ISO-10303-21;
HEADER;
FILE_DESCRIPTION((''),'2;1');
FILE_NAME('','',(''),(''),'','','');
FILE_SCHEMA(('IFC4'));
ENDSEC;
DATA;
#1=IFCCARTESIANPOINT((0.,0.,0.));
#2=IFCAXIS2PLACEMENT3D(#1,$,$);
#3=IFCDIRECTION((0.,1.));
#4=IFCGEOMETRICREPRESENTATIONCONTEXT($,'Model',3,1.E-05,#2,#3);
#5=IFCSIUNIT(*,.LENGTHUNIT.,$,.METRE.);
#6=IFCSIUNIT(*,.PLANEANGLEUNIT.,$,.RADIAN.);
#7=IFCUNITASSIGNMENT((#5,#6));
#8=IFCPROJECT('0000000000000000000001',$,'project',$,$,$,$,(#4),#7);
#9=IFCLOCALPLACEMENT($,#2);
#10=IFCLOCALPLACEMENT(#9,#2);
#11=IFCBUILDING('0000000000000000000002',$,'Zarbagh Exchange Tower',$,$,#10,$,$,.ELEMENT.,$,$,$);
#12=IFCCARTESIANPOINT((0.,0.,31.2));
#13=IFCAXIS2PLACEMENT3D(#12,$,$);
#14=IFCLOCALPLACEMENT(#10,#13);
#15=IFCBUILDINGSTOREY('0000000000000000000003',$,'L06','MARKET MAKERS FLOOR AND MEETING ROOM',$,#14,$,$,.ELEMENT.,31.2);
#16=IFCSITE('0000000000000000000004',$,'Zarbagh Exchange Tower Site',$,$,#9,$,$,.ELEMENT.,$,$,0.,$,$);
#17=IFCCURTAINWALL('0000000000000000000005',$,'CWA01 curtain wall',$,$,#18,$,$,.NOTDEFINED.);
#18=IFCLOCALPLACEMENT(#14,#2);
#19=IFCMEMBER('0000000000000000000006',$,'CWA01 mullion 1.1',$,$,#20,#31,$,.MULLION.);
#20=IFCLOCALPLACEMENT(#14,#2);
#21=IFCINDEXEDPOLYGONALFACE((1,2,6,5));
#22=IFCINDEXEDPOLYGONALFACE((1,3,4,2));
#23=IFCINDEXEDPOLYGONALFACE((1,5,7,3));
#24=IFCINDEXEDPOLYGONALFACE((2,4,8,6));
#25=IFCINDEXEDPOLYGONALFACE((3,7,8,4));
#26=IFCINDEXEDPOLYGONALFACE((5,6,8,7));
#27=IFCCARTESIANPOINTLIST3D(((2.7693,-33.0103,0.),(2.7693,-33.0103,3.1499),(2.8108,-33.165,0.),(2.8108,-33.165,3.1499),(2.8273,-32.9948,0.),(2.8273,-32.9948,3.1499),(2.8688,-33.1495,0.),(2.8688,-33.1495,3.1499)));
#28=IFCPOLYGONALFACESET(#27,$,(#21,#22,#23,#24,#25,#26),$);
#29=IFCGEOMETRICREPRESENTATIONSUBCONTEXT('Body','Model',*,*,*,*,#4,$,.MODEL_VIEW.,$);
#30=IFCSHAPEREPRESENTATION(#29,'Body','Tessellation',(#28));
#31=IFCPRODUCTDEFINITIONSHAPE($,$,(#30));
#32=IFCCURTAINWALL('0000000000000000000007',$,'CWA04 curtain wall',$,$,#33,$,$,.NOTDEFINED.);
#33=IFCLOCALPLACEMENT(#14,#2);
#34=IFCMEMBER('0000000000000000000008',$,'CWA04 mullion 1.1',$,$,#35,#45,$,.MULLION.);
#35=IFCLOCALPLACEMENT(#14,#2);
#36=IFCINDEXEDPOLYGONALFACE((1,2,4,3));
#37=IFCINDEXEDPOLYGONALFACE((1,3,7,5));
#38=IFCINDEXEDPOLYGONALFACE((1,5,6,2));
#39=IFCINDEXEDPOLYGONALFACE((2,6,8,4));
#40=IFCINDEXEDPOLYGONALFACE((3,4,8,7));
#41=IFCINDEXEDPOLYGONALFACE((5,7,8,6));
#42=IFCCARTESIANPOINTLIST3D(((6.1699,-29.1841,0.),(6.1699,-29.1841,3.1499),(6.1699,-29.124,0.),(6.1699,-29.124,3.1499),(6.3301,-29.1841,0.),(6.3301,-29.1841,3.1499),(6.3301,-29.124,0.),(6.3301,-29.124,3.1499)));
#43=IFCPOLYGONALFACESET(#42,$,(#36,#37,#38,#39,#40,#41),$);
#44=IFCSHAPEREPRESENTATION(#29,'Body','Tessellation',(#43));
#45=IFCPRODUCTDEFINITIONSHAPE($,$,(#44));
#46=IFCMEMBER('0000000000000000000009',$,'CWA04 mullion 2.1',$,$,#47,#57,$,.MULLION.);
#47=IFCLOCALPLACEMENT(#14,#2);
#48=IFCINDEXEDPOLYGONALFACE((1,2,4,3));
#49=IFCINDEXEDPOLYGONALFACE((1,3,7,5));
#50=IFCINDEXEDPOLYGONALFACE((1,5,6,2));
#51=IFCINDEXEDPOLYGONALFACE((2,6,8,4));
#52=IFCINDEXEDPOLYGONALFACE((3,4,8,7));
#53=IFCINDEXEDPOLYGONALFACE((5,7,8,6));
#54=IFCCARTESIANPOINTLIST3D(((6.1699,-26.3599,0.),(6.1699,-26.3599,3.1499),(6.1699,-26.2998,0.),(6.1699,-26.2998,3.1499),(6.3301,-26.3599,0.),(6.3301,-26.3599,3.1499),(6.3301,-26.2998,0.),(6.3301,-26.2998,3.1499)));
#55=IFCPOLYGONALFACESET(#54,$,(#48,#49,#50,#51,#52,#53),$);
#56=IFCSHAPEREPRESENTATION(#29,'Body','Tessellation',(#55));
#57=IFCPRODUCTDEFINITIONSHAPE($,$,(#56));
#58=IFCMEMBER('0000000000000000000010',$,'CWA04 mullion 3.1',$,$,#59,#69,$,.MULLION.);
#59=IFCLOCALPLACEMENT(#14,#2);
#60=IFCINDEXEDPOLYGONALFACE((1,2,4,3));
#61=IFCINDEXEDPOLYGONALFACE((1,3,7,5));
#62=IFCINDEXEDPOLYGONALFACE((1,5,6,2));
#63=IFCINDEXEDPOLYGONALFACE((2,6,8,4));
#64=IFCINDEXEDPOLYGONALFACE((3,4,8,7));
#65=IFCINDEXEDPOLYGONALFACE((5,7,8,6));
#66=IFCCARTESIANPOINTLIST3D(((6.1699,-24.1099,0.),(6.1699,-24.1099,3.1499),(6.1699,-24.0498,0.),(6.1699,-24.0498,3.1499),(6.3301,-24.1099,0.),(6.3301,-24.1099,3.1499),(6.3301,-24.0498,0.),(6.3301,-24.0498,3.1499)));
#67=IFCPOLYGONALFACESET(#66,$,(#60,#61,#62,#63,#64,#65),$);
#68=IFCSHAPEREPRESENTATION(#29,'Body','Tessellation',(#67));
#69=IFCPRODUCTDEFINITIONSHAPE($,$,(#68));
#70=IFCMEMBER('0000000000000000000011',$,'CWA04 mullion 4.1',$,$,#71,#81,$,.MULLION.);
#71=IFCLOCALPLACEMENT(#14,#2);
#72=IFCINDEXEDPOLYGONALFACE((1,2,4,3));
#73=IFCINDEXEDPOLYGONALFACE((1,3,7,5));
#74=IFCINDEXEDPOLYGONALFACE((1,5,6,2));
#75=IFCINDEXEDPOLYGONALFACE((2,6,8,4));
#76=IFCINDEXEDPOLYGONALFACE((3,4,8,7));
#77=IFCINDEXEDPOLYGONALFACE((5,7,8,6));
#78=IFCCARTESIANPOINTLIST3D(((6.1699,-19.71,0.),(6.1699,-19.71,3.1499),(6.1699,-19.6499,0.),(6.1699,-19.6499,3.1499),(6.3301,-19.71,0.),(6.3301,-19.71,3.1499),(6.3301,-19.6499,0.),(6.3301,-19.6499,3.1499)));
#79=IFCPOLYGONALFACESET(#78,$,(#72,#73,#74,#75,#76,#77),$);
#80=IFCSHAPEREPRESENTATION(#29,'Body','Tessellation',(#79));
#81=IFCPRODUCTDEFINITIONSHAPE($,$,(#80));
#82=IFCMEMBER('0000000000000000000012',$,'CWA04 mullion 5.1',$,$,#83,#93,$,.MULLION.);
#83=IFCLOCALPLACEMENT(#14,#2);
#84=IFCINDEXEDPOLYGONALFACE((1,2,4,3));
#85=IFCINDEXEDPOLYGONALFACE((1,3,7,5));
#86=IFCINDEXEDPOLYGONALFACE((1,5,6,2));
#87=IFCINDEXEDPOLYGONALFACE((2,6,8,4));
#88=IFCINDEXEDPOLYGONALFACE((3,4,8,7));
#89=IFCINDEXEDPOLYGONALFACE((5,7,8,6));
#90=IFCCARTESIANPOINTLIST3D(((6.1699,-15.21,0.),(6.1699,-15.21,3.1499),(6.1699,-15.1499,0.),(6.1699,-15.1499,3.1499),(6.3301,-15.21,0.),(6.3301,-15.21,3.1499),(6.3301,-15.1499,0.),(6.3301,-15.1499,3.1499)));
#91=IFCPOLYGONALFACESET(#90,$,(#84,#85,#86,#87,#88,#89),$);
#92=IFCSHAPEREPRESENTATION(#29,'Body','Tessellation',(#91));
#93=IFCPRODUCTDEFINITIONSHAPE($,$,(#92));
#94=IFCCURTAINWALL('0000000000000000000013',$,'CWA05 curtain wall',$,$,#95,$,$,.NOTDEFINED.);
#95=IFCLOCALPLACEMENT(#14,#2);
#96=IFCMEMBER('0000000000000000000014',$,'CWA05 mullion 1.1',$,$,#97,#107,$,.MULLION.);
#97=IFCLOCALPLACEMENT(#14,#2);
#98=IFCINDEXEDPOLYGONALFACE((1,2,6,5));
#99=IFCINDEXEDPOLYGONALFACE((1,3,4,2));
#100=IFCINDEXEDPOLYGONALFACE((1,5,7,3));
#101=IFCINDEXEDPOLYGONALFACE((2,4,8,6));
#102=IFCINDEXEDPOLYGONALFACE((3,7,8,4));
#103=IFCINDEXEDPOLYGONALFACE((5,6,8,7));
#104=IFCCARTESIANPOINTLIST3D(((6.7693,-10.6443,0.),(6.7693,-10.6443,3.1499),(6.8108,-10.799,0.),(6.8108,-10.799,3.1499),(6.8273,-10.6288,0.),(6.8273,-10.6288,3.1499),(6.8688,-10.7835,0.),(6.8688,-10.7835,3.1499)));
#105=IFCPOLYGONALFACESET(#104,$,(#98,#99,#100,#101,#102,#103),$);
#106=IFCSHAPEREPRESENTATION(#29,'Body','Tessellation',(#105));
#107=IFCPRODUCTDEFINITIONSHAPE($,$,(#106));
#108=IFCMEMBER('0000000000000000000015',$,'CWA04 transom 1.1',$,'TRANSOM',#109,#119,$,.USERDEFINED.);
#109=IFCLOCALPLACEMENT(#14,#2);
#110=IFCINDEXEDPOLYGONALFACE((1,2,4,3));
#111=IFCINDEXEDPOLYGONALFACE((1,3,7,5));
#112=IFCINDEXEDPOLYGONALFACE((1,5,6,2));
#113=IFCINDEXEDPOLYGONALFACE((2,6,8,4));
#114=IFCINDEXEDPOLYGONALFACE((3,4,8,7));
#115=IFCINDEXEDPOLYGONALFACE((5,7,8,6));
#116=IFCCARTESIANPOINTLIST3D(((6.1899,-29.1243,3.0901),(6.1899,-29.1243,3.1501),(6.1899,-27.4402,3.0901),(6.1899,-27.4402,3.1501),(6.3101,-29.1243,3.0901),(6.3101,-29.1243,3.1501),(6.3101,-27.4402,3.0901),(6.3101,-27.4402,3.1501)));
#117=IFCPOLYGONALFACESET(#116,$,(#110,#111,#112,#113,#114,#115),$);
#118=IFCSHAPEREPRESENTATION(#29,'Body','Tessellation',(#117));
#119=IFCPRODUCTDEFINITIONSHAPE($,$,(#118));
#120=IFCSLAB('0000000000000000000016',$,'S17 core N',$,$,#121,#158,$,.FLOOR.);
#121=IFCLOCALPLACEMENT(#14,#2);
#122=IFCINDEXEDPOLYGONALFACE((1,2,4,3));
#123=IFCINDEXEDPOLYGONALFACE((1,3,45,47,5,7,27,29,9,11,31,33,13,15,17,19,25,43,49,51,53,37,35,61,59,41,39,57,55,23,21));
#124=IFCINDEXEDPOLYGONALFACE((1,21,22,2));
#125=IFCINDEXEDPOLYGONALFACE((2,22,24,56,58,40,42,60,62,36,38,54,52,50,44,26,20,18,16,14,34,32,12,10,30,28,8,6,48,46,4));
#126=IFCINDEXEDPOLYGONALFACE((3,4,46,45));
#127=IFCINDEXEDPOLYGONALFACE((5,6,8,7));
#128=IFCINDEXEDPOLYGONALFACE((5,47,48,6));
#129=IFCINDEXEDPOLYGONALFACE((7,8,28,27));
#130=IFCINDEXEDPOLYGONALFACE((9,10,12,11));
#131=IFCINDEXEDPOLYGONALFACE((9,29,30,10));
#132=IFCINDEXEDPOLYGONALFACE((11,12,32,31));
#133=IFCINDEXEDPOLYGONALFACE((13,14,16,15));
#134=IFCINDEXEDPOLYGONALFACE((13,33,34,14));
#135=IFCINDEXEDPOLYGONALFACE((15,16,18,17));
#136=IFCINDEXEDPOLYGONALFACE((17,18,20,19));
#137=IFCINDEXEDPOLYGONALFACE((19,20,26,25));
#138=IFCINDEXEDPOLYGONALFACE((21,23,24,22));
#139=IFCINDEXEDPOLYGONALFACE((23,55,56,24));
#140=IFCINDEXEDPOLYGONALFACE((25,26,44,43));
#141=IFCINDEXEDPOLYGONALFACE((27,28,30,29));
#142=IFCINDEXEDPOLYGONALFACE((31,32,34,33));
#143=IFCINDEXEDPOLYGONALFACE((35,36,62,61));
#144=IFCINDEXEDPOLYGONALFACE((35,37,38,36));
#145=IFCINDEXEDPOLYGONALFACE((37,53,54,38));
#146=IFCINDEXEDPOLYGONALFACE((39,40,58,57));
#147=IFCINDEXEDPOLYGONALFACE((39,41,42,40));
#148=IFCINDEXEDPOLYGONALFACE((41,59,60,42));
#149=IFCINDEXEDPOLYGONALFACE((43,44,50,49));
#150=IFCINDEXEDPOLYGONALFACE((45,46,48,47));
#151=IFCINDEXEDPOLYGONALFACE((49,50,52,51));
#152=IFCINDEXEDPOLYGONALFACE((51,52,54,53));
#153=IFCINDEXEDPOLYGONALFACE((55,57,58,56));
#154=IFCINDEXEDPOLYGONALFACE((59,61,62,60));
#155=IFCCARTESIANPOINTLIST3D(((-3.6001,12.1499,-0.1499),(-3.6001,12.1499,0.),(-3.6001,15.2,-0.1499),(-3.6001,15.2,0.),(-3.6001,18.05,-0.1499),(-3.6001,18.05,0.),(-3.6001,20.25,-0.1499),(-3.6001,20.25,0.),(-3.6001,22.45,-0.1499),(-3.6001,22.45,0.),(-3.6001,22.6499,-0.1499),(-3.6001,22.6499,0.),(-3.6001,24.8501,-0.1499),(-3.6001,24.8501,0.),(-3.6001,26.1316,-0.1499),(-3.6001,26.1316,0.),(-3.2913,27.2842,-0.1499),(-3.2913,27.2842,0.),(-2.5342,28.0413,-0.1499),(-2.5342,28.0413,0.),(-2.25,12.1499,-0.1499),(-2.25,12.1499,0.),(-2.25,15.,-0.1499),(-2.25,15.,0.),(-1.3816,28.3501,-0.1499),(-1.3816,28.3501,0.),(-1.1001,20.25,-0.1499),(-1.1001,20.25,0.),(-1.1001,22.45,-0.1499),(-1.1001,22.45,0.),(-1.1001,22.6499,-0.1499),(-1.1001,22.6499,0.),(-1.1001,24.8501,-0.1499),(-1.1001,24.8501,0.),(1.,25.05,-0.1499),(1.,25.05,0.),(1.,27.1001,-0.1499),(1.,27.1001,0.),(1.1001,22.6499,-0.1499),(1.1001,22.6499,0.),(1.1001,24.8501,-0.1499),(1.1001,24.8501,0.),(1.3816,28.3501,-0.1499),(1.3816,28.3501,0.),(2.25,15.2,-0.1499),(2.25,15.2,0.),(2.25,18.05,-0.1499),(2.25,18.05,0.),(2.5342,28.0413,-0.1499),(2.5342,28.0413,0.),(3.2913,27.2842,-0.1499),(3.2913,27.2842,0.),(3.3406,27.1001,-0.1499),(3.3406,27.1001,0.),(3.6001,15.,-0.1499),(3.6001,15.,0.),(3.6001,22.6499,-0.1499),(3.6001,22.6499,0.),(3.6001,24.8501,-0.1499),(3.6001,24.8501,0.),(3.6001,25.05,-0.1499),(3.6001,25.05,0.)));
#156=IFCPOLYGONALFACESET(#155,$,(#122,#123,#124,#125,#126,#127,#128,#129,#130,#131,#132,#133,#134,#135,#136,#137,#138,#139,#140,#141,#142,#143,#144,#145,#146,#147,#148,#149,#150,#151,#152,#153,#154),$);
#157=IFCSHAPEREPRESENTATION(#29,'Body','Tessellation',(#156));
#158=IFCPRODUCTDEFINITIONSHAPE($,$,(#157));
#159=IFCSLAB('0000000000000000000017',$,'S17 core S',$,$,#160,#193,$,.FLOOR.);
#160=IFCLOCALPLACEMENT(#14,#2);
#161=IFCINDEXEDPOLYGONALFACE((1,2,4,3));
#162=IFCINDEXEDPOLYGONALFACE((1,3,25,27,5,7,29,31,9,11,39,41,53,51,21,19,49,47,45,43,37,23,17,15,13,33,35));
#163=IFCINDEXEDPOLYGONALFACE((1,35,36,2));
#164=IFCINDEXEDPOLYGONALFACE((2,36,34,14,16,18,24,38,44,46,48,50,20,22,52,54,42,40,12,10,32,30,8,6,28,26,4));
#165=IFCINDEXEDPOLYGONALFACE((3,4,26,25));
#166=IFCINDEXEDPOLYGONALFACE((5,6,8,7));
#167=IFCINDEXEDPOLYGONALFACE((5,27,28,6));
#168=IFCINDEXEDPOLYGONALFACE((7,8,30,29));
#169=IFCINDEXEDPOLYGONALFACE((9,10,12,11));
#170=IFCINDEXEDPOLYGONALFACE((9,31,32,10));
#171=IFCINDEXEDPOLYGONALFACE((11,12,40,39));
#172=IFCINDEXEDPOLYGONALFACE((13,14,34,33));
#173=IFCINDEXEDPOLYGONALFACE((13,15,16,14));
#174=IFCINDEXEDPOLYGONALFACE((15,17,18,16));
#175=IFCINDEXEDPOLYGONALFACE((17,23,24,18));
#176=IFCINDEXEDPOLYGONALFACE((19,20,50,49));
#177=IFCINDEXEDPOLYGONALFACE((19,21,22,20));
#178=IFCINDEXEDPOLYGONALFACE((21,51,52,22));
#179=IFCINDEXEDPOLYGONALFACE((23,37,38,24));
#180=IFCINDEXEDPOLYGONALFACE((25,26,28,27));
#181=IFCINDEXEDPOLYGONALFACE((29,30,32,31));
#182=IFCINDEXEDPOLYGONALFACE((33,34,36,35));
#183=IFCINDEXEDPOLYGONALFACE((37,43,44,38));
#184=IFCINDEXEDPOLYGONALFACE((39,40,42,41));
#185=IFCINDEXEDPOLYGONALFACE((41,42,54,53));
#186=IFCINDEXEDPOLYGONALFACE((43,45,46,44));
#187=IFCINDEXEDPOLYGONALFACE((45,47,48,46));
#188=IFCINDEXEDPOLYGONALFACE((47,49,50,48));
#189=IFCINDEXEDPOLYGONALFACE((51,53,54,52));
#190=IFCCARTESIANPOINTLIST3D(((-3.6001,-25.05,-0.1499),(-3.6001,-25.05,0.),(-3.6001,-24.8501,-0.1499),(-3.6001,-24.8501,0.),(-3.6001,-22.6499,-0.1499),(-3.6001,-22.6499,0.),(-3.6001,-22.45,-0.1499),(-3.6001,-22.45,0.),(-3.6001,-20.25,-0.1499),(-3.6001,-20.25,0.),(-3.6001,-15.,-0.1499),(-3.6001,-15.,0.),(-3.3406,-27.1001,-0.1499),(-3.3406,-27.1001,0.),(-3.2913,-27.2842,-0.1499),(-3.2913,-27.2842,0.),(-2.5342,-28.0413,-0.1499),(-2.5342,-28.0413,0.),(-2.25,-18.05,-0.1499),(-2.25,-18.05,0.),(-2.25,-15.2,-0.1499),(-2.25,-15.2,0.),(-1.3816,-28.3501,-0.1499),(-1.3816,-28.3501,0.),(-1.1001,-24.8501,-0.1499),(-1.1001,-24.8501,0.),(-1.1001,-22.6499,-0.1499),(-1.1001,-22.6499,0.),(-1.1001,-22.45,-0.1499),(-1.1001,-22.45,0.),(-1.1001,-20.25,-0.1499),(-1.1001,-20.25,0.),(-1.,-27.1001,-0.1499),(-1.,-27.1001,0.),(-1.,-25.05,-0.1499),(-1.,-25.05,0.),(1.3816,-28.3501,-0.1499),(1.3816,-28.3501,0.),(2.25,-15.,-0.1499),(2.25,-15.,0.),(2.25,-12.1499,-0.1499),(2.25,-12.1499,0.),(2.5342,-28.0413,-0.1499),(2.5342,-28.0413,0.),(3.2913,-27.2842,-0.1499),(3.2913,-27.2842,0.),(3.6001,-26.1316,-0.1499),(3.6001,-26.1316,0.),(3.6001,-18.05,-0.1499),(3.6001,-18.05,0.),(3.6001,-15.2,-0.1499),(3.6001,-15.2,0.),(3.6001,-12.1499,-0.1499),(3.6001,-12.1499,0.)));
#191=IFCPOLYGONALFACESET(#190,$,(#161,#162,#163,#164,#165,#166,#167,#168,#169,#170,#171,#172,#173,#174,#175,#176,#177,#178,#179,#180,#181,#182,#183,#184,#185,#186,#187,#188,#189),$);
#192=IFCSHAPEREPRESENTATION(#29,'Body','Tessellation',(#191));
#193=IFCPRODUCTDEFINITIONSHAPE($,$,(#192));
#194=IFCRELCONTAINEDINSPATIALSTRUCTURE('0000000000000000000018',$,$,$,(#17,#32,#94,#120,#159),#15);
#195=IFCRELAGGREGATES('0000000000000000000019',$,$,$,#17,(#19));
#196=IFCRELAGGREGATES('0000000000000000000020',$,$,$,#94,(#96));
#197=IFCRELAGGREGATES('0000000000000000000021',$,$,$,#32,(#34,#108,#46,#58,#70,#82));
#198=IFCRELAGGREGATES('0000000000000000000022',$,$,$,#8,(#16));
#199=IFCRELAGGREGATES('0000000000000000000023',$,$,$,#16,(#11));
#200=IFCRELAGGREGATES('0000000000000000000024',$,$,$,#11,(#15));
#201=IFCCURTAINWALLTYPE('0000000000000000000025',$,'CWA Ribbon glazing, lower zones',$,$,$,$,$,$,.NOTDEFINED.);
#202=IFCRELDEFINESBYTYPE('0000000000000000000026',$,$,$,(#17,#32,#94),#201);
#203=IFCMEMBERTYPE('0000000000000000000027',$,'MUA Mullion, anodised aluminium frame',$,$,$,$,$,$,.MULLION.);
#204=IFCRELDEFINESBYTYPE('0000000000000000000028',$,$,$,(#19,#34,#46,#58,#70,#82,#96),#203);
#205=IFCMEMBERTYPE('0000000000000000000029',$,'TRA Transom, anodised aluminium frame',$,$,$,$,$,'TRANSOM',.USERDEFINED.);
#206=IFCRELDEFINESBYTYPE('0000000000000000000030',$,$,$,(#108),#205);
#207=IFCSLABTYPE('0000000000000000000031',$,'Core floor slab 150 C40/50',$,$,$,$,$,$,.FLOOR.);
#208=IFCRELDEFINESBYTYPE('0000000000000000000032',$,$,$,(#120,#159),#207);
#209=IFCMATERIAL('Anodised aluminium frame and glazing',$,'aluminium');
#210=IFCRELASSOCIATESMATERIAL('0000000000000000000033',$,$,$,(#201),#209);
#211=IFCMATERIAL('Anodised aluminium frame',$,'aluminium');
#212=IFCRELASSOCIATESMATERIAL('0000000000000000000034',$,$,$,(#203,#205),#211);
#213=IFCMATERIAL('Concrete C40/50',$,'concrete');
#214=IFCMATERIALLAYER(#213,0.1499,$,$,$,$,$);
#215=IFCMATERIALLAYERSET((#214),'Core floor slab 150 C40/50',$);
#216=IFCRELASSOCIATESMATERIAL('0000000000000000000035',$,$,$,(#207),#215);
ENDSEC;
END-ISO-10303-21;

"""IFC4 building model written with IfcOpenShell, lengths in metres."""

from ifc_helpers import new_model, si_unit, direction, frame, origin, place, context, subcontext, project, spatial, polyline, outline, extrude, source, transform, mapped, material, layer, layer_set, type_object, element, aggregate, save


model = new_model("IFC4")

# Units and contexts
model_context = context("Model", 3, precision=1e-05, world=origin(), true_north=direction((0.0, 1.0)))
body_context = subcontext(model_context, "Body", "Model", "MODEL_VIEW")
ifc_project = project(units=[si_unit("LENGTHUNIT", "METRE"), si_unit("PLANEANGLEUNIT", "RADIAN")], contexts=[model_context])

# Site, building, storey
site_placement = place(None, origin())
site = spatial("IfcSite", under=ifc_project, at=site_placement, Name="Zarbagh Exchange Tower Site", CompositionType="ELEMENT", RefElevation=0.0)
building_placement = place(site_placement, origin())
building = spatial("IfcBuilding", under=site, at=building_placement, Name="Zarbagh Exchange Tower", CompositionType="ELEMENT")
storey_placement = place(building_placement, frame((0.0, 0.0, 31.2)))
storey = spatial("IfcBuildingStorey", under=building, at=storey_placement, Name="L06", Description="MARKET MAKERS FLOOR AND MEETING ROOM", CompositionType="ELEMENT", Elevation=31.2)

# Curtain wall, member
ifc_material_1 = material(Name="Anodised aluminium frame and glazing", Category="aluminium")
curtain_wall_type = type_object("IfcCurtainWallType", Name="CWA Ribbon glazing, lower zones", PredefinedType="NOTDEFINED", material=ifc_material_1)
curtain_wall_1_placement = place(storey_placement, origin())
curtain_wall_1 = element("IfcCurtainWall", 1, at=curtain_wall_1_placement, inside=storey, type_object=curtain_wall_type, Name="CWA01 curtain wall", PredefinedType="NOTDEFINED")
ifc_material_2 = material(Name="Anodised aluminium frame", Category="aluminium")
member_type_1 = type_object("IfcMemberType", Name="MUA Mullion, anodised aluminium frame", PredefinedType="MULLION", material=ifc_material_2)
shared_shape_1 = source(origin(), body_context, "Body", "SweptSolid", [
    extrude(outline(polyline([(0.0, -0.0801), (0.0601, -0.0801), (0.0601, 0.0801), (0.0, 0.0801), (0.0, -0.0801)])), origin(), (0.0, 0.0, 1.0), 3.1499),
])
placement = place(storey_placement, origin())
member_1 = element("IfcMember", 2, at=placement, type_object=member_type_1, Name="CWA01 mullion 1.1", PredefinedType="MULLION", context=body_context, shape_type="MappedRepresentation", body=[
    mapped(shared_shape_1, transform((2.79, -33.0876, 0.0), x_axis=(0.965924, 0.258825, 0.0), y_axis=(-0.258825, 0.965924, 0.0), z_axis=(0.0, 0.0, 1.0))),
])

# Curtain wall, members
curtain_wall_2_placement = place(storey_placement, origin())
curtain_wall_2 = element("IfcCurtainWall", 3, at=curtain_wall_2_placement, inside=storey, type_object=curtain_wall_type, Name="CWA04 curtain wall", PredefinedType="NOTDEFINED")
member_2 = element("IfcMember", 4, at=placement, type_object=member_type_1, Name="CWA04 mullion 1.1", PredefinedType="MULLION", context=body_context, shape_type="MappedRepresentation", body=[
    mapped(shared_shape_1, transform((6.25, -29.1841, 0.0), x_axis=(0.0, 1.0, 0.0), y_axis=(-1.0, 0.0, 0.0), z_axis=(0.0, 0.0, 1.0))),
])
member_3 = element("IfcMember", 5, at=placement, type_object=member_type_1, Name="CWA04 mullion 2.1", PredefinedType="MULLION", context=body_context, shape_type="MappedRepresentation", body=[
    mapped(shared_shape_1, transform((6.25, -26.3599, 0.0), x_axis=(0.0, 1.0, 0.0), y_axis=(-1.0, 0.0, 0.0), z_axis=(0.0, 0.0, 1.0))),
])
member_4 = element("IfcMember", 6, at=placement, type_object=member_type_1, Name="CWA04 mullion 3.1", PredefinedType="MULLION", context=body_context, shape_type="MappedRepresentation", body=[
    mapped(shared_shape_1, transform((6.25, -24.1099, 0.0), x_axis=(0.0, 1.0, 0.0), y_axis=(-1.0, 0.0, 0.0), z_axis=(0.0, 0.0, 1.0))),
])
member_5 = element("IfcMember", 7, at=placement, type_object=member_type_1, Name="CWA04 mullion 4.1", PredefinedType="MULLION", context=body_context, shape_type="MappedRepresentation", body=[
    mapped(shared_shape_1, transform((6.25, -19.71, 0.0), x_axis=(0.0, 1.0, 0.0), y_axis=(-1.0, 0.0, 0.0), z_axis=(0.0, 0.0, 1.0))),
])
member_6 = element("IfcMember", 8, at=placement, type_object=member_type_1, Name="CWA04 mullion 5.1", PredefinedType="MULLION", context=body_context, shape_type="MappedRepresentation", body=[
    mapped(shared_shape_1, transform((6.25, -15.21, 0.0), x_axis=(0.0, 1.0, 0.0), y_axis=(-1.0, 0.0, 0.0), z_axis=(0.0, 0.0, 1.0))),
])

# Curtain wall, member
curtain_wall_3_placement = place(storey_placement, origin())
curtain_wall_3 = element("IfcCurtainWall", 9, at=curtain_wall_3_placement, inside=storey, type_object=curtain_wall_type, Name="CWA05 curtain wall", PredefinedType="NOTDEFINED")
member_7 = element("IfcMember", 10, at=placement, type_object=member_type_1, Name="CWA05 mullion 1.1", PredefinedType="MULLION", context=body_context, shape_type="MappedRepresentation", body=[
    mapped(shared_shape_1, transform((6.79, -10.7217, 0.0), x_axis=(0.965924, 0.258825, 0.0), y_axis=(-0.258825, 0.965924, 0.0), z_axis=(0.0, 0.0, 1.0))),
])

# Member
member_type_2 = type_object("IfcMemberType", Name="TRA Transom, anodised aluminium frame", ElementType="TRANSOM", PredefinedType="USERDEFINED", material=ifc_material_2)
shared_shape_2 = source(origin(), body_context, "Body", "SweptSolid", [
    extrude(outline(polyline([(-0.0601, -0.0601), (0.0, -0.0601), (0.0, 0.0601), (-0.0601, 0.0601), (-0.0601, -0.0601)])), origin(), (0.0, 0.0, 1.0), 1.6841),
])
member_8 = element("IfcMember", 11, at=placement, type_object=member_type_2, Name="CWA04 transom 1.1", ObjectType="TRANSOM", PredefinedType="USERDEFINED", context=body_context, shape_type="MappedRepresentation", body=[
    mapped(shared_shape_2, transform((6.25, -29.1243, 3.1501), x_axis=(0.0, 0.0, 1.0), y_axis=(1.0, 0.0, 0.0), z_axis=(0.0, 1.0, 0.0))),
])

# Slabs
ifc_material_3 = material(Name="Concrete C40/50", Category="concrete")
ifc_layer_1 = layer(ifc_material_3, 0.1499)
ifc_layer_set_1 = layer_set([ifc_layer_1], Name="Core floor slab 150 C40/50")
slab_type = type_object("IfcSlabType", Name="Core floor slab 150 C40/50", PredefinedType="FLOOR", material=ifc_layer_set_1)
slab_1_placement = place(storey_placement, frame((0.0, 0.0, -0.1499)))
element("IfcSlab", 12, at=slab_1_placement, inside=storey, type_object=slab_type, Name="S17 core N", PredefinedType="FLOOR", context=body_context, shape_type="SweptSolid", body=[
    extrude(outline(polyline([(-3.6001, 12.1499), (-3.6001, 15.2), (2.25, 15.2), (2.25, 18.05), (-3.6001, 18.05), (-3.6001, 20.25), (-1.1001, 20.25), (-1.1001, 22.45), (-3.6001, 22.45), (-3.6001, 22.6499), (-1.1001, 22.6499), (-1.1001, 24.8501), (-3.6001, 24.8501), (-3.6001, 26.1316), (-3.2913, 27.2842), (-2.5342, 28.0413), (-1.3816, 28.3501), (1.3816, 28.3501), (2.5342, 28.0413), (3.2913, 27.2842), (3.3406, 27.1001), (1.0, 27.1001), (1.0, 25.05), (3.6001, 25.05), (3.6001, 24.8501), (1.1001, 24.8501), (1.1001, 22.6499), (3.6001, 22.6499), (3.6001, 15.0), (-2.25, 15.0), (-2.25, 12.1499), (-3.6001, 12.1499)])), origin(), (0.0, 0.0, 1.0), 0.1499),
])
slab_2_placement = place(storey_placement, frame((0.0, 0.0, -0.1499)))
element("IfcSlab", 13, at=slab_2_placement, inside=storey, type_object=slab_type, Name="S17 core S", PredefinedType="FLOOR", context=body_context, shape_type="SweptSolid", body=[
    extrude(outline(polyline([(-2.5342, -28.0413), (-3.2913, -27.2842), (-3.3406, -27.1001), (-1.0, -27.1001), (-1.0, -25.05), (-3.6001, -25.05), (-3.6001, -24.8501), (-1.1001, -24.8501), (-1.1001, -22.6499), (-3.6001, -22.6499), (-3.6001, -22.45), (-1.1001, -22.45), (-1.1001, -20.25), (-3.6001, -20.25), (-3.6001, -15.0), (2.25, -15.0), (2.25, -12.1499), (3.6001, -12.1499), (3.6001, -15.2), (-2.25, -15.2), (-2.25, -18.05), (3.6001, -18.05), (3.6001, -26.1316), (3.2913, -27.2842), (2.5342, -28.0413), (1.3816, -28.3501), (-1.3816, -28.3501), (-2.5342, -28.0413)])), origin(), (0.0, 0.0, 1.0), 0.1499),
])

aggregate(curtain_wall_1, [member_1])

aggregate(curtain_wall_3, [member_7])
aggregate(curtain_wall_2, [member_2, member_8, member_3, member_4, member_5, member_6])

save(model, "model.ifc")
